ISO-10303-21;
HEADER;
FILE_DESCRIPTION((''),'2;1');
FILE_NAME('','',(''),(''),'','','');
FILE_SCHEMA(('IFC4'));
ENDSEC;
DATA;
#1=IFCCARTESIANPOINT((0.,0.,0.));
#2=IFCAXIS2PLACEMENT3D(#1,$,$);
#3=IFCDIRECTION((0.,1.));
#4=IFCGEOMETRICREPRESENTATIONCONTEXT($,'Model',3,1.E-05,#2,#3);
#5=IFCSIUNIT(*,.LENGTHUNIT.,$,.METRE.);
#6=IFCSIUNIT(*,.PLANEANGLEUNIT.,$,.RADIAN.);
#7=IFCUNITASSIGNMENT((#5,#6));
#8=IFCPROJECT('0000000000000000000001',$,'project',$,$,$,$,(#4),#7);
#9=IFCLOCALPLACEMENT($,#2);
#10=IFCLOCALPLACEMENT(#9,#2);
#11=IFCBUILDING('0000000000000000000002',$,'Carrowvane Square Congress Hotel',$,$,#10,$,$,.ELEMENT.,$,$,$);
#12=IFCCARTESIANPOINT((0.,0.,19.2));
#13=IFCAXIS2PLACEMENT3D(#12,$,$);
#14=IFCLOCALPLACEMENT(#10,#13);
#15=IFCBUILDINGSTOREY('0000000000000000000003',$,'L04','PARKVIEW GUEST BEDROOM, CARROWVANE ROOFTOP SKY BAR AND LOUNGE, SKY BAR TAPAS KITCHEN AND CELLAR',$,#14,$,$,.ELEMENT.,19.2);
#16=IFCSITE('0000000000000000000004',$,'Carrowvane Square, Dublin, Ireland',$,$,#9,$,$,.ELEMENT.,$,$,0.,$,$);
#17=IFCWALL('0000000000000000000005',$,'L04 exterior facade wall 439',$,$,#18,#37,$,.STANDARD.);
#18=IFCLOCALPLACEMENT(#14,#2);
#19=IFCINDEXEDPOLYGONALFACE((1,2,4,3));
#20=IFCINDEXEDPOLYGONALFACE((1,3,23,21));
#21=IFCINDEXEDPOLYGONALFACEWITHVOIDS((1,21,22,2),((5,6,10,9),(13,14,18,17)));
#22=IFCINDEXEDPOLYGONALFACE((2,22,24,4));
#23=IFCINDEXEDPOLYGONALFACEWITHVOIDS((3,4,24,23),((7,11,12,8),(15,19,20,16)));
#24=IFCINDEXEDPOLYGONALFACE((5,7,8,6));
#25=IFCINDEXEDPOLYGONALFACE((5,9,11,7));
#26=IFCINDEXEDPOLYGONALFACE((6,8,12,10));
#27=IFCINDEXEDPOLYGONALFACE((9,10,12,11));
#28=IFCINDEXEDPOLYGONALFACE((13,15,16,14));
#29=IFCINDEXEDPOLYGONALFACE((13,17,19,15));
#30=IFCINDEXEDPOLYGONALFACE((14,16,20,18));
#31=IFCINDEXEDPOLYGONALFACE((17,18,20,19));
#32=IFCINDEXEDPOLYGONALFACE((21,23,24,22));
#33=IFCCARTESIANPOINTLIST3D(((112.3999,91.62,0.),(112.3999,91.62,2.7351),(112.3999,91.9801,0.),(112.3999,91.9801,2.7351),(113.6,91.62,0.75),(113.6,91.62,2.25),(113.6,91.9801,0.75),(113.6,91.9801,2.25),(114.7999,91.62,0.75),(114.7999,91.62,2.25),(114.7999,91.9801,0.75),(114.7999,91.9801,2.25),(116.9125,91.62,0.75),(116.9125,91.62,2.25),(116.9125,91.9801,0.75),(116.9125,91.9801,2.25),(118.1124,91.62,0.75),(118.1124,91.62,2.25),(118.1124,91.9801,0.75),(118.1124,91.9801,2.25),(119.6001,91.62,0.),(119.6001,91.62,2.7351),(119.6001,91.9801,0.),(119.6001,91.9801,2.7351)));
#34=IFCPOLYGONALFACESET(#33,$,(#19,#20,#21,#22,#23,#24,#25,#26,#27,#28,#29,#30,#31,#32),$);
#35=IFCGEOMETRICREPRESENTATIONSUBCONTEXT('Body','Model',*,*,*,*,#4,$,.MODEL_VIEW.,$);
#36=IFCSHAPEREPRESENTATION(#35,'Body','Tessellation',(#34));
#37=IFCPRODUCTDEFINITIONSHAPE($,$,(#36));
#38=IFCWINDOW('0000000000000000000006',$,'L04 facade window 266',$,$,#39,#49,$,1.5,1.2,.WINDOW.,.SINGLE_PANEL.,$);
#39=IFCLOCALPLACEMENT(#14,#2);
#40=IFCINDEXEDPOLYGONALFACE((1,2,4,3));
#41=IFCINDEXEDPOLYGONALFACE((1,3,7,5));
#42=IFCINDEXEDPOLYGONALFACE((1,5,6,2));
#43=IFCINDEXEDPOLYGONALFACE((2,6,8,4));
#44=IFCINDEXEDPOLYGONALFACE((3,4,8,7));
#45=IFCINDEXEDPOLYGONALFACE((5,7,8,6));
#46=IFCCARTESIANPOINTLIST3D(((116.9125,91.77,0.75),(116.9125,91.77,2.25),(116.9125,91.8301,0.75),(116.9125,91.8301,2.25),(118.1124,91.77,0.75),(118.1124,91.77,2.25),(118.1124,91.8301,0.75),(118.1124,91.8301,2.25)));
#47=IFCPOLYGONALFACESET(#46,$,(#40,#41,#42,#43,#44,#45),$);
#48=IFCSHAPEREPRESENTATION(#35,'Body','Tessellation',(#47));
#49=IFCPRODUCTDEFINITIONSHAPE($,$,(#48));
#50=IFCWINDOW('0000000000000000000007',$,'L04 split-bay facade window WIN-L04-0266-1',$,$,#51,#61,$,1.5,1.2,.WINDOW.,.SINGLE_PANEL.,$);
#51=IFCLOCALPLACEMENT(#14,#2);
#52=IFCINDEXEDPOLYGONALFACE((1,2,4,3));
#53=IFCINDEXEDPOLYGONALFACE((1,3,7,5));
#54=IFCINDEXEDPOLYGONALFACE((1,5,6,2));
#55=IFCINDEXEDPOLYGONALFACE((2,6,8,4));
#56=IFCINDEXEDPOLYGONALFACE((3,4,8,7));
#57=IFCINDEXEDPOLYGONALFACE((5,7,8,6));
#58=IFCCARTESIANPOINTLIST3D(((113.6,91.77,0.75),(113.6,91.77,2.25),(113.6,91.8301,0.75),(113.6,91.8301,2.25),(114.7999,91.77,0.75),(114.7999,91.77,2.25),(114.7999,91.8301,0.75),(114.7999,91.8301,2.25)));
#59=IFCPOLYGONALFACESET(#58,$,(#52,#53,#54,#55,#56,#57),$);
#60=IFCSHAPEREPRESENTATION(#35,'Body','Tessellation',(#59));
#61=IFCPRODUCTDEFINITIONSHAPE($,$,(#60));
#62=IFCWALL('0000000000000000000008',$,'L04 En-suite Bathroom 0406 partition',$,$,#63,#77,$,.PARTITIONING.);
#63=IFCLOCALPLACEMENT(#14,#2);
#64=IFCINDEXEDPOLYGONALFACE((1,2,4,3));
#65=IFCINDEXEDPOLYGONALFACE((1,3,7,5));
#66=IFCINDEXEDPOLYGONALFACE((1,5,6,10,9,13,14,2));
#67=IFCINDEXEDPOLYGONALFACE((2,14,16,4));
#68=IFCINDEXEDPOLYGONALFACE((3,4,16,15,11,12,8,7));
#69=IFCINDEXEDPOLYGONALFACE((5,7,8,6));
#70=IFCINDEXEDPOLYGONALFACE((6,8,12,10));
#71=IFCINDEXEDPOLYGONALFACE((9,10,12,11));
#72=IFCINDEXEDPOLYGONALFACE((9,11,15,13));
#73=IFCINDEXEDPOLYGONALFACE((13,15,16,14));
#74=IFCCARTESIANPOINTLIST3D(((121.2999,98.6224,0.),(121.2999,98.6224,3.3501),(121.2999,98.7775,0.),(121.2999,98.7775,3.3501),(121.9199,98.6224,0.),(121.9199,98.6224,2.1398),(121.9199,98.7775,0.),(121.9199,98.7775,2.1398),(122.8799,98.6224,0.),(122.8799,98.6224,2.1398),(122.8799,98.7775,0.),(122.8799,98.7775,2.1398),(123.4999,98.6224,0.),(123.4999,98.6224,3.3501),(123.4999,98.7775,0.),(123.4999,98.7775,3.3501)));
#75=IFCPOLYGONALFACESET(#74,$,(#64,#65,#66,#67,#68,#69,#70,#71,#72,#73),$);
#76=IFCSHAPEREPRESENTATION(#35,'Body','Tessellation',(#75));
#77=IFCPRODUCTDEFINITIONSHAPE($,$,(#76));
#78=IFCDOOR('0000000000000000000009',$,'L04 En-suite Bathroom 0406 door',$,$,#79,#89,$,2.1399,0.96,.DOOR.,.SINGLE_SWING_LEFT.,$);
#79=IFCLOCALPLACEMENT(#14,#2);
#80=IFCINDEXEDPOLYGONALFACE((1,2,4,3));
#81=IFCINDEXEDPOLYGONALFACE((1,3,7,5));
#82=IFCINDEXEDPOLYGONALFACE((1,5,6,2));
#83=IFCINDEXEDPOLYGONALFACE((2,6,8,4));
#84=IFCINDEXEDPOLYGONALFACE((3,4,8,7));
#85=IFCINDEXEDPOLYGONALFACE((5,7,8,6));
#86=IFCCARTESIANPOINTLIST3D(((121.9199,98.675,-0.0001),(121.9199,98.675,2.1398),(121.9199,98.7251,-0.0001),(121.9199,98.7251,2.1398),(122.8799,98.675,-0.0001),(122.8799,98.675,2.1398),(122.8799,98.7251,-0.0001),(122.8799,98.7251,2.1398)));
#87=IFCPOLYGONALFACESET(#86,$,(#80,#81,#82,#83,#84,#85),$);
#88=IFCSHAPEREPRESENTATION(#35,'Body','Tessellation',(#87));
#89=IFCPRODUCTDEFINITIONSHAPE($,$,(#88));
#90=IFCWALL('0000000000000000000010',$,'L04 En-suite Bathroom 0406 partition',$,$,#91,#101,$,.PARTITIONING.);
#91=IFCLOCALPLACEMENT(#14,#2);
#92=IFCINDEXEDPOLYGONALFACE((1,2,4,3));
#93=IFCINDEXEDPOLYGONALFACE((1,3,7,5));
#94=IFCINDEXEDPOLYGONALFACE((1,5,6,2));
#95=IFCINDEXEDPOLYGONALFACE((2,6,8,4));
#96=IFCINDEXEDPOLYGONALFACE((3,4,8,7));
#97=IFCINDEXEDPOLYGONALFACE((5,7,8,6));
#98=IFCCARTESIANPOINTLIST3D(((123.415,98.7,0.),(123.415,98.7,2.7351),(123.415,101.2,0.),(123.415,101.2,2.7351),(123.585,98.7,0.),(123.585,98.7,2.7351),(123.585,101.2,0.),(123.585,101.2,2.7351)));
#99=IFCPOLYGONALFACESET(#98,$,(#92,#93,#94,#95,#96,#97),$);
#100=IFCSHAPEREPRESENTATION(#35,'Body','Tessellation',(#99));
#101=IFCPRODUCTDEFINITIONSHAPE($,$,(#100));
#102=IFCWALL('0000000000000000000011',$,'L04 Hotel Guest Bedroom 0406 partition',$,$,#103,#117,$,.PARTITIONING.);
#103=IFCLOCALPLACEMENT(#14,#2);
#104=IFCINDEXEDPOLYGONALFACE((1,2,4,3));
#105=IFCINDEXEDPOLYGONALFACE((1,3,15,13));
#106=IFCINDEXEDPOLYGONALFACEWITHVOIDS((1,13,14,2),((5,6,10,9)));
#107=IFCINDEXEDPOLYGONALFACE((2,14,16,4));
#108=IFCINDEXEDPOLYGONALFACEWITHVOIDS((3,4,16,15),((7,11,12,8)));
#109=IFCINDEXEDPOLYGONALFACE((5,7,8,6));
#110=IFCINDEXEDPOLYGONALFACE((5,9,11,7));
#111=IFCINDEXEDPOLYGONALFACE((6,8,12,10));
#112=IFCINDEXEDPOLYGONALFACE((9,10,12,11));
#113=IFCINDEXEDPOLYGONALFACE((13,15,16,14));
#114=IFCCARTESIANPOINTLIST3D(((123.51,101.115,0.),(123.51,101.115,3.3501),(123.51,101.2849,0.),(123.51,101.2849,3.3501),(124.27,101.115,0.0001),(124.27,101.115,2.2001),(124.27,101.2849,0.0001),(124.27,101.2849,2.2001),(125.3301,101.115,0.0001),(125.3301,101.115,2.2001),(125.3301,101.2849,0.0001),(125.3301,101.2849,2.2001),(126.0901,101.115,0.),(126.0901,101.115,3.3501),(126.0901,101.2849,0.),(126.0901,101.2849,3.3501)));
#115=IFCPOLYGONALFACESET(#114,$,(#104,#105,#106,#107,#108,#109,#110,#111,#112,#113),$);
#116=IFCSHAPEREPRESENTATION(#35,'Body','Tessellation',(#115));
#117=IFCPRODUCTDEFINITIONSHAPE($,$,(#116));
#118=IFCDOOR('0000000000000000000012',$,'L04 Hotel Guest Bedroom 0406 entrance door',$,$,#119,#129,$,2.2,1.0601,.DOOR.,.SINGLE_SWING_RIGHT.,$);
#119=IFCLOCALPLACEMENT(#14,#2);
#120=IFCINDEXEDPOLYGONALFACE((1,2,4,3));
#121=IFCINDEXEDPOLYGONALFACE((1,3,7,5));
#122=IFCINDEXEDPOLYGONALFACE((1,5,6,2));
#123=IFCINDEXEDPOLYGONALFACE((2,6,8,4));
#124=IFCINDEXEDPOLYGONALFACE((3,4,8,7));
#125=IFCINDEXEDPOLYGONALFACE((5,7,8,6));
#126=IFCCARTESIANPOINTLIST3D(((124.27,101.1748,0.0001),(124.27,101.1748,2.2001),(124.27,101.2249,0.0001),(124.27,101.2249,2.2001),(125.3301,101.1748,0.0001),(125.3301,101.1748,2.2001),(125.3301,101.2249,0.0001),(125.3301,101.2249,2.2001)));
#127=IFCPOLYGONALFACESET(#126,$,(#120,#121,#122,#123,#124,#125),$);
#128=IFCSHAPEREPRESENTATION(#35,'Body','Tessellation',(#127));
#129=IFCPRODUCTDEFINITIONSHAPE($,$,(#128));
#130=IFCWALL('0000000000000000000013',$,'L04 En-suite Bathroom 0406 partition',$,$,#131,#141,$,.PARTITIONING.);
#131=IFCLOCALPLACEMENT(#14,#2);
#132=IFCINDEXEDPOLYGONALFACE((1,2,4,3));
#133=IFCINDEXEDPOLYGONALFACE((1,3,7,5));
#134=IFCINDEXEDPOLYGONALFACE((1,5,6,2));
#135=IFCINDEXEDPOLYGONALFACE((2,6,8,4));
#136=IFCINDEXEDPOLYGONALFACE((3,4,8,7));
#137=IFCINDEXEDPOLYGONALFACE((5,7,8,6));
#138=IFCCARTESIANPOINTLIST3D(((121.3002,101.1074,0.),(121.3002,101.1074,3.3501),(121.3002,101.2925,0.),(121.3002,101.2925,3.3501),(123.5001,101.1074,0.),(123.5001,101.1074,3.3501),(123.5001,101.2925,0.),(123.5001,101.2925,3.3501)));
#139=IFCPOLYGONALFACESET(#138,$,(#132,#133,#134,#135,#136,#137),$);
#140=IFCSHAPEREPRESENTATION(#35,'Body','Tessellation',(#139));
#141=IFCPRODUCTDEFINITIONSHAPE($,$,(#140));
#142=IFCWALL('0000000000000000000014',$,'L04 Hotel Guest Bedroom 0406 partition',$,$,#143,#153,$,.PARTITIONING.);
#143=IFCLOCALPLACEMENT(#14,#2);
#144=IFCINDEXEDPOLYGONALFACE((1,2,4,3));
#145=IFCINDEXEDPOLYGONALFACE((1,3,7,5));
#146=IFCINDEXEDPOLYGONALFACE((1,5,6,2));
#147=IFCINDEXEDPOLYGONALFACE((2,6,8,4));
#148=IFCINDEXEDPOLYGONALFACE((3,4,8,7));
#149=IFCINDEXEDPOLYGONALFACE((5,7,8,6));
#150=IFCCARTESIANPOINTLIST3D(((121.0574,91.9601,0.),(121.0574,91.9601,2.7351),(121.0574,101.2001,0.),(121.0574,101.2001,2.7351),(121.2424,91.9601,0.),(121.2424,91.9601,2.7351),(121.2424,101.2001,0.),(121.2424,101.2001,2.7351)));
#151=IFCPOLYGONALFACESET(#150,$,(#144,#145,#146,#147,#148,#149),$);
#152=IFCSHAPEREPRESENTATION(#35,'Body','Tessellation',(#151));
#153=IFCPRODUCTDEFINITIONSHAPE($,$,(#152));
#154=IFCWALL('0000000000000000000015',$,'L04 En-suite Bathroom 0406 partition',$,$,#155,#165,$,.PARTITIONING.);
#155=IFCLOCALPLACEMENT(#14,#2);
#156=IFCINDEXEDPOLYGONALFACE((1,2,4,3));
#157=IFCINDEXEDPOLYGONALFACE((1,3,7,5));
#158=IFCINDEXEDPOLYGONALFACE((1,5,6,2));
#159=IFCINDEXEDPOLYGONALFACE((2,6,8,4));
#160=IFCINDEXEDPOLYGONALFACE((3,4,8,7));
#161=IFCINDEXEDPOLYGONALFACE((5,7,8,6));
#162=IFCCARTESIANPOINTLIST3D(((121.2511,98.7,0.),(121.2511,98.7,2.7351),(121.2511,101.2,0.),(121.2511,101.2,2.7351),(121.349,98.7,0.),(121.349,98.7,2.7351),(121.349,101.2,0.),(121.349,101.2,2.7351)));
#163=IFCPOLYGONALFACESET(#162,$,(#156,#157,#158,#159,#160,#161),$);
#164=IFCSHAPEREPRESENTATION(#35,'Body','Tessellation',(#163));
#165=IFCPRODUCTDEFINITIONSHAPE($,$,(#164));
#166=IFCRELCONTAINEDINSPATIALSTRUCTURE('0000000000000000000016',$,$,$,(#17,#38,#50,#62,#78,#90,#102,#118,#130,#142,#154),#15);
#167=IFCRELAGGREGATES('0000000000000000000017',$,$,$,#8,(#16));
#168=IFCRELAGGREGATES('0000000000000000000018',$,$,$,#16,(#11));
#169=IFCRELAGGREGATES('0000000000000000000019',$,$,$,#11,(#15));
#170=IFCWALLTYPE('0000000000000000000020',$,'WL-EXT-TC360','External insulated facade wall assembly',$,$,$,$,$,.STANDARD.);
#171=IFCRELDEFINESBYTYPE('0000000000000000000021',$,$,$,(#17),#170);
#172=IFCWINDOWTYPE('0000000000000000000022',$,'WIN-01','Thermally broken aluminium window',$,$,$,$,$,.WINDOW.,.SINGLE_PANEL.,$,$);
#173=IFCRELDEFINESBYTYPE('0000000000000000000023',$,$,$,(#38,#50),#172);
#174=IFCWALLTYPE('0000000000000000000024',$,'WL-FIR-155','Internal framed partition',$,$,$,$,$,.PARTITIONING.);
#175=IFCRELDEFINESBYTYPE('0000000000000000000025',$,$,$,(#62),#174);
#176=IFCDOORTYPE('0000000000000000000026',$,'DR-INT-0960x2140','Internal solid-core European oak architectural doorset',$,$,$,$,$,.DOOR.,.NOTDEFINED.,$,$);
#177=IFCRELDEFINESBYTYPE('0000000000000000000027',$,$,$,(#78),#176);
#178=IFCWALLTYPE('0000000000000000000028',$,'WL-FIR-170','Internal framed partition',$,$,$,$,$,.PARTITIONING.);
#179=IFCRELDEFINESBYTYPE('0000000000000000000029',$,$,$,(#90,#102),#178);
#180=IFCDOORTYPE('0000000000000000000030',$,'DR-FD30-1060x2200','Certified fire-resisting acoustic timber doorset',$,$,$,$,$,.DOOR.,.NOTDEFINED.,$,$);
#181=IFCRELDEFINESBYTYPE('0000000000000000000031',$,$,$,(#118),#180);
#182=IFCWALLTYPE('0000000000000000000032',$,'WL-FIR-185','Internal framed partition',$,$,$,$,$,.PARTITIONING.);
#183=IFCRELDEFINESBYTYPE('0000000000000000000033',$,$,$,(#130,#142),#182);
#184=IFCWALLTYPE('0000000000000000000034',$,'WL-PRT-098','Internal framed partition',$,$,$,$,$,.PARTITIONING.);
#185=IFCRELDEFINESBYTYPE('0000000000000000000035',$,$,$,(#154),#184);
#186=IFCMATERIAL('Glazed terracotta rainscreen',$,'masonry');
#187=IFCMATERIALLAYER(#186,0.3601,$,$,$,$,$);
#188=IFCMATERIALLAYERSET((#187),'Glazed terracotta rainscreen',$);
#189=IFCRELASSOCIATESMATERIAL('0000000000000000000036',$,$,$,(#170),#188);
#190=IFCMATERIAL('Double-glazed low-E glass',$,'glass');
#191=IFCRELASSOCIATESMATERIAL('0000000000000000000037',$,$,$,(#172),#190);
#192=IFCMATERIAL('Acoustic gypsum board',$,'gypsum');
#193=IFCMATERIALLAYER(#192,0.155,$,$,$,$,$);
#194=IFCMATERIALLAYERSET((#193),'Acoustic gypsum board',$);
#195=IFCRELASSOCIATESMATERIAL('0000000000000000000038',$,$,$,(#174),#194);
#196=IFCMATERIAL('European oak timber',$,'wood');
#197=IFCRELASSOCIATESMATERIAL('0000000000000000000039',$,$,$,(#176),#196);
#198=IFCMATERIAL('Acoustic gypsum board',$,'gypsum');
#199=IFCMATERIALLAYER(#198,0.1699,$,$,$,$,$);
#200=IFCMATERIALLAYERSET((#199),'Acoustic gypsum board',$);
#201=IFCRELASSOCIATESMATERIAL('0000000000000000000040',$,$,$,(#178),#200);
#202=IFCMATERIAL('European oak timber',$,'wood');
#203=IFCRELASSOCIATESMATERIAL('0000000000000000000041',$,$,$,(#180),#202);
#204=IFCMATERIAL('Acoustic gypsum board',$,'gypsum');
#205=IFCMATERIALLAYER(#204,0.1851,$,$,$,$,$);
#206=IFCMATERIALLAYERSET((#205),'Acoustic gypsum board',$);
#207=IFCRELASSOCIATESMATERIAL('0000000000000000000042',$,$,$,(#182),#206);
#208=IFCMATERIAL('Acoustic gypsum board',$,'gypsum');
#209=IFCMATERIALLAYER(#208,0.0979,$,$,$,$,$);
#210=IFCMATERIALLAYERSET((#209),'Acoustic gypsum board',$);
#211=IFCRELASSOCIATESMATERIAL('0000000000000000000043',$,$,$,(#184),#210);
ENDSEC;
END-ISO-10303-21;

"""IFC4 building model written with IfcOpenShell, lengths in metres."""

from ifc_helpers import new_model, si_unit, direction, frame, frame_2d, origin, place, context, subcontext, project, spatial, rectangle, extrude, material, layer, layer_set, type_object, element, fill, save


model = new_model("IFC4")

# Units and contexts
model_context = context("Model", 3, precision=1e-05, world=origin(), true_north=direction((0.0, 1.0)))
body_context = subcontext(model_context, "Body", "Model", "MODEL_VIEW")
ifc_project = project(units=[si_unit("LENGTHUNIT", "METRE"), si_unit("PLANEANGLEUNIT", "RADIAN")], contexts=[model_context])

# Site, building, storey
site_placement = place(None, origin())
site = spatial("IfcSite", under=ifc_project, at=site_placement, Name="Carrowvane Square, Dublin, Ireland", CompositionType="ELEMENT", RefElevation=0.0)
building_placement = place(site_placement, origin())
building = spatial("IfcBuilding", under=site, at=building_placement, Name="Carrowvane Square Congress Hotel", CompositionType="ELEMENT")
storey_placement = place(building_placement, frame((0.0, 0.0, 19.2)))
storey = spatial("IfcBuildingStorey", under=building, at=storey_placement, Name="L04", Description="PARKVIEW GUEST BEDROOM, CARROWVANE ROOFTOP SKY BAR AND LOUNGE, SKY BAR TAPAS KITCHEN AND CELLAR", CompositionType="ELEMENT", Elevation=19.2)

# Wall, openings, windows
ifc_material_1 = material(Name="Glazed terracotta rainscreen", Category="masonry")
ifc_layer_1 = layer(ifc_material_1, 0.3601)
ifc_layer_set_1 = layer_set([ifc_layer_1], Name="Glazed terracotta rainscreen")
wall_type_1 = type_object("IfcWallType", Name="WL-EXT-TC360", Description="External insulated facade wall assembly", PredefinedType="STANDARD", material=ifc_layer_set_1)
wall_1_placement = place(storey_placement, frame((119.6001, 91.8, 0.0), z_axis=(0.0, 0.0, 1.0), x_axis=(-1.0, 0.0, 0.0)))
wall_1 = element("IfcWall", 1, at=wall_1_placement, inside=storey, type_object=wall_type_1, Name="L04 exterior facade wall 439", PredefinedType="STANDARD", context=body_context, shape_type="SweptSolid", body=[
    extrude(rectangle(XDim=7.2002, YDim=0.3601, at=frame_2d((3.6001, 0.0))), origin(), (0.0, 0.0, 1.0), 2.7351),
])
opening_1_placement = place(wall_1_placement, frame((1.4875, 0.0, 0.75)))
opening_1 = element("IfcOpeningElement", 2, at=opening_1_placement, cuts=wall_1, PredefinedType="OPENING", context=body_context, shape_type="SweptSolid", body=[
    extrude(rectangle(XDim=1.2, YDim=1.5, at=frame_2d((0.6001, 0.75))), frame((0.0, 0.1899, 0.0), z_axis=(0.0, -1.0, 0.0), x_axis=(1.0, 0.0, 0.0)), (0.0, 0.0, 1.0), 0.3801),
])
opening_2_placement = place(wall_1_placement, frame((4.8, 0.0, 0.75)))
opening_2 = element("IfcOpeningElement", 3, at=opening_2_placement, cuts=wall_1, PredefinedType="OPENING", context=body_context, shape_type="SweptSolid", body=[
    extrude(rectangle(XDim=1.2, YDim=1.5, at=frame_2d((0.6001, 0.75))), frame((0.0, 0.1899, 0.0), z_axis=(0.0, -1.0, 0.0), x_axis=(1.0, 0.0, 0.0)), (0.0, 0.0, 1.0), 0.3801),
])
ifc_material_2 = material(Name="Double-glazed low-E glass", Category="glass")
window_type = type_object("IfcWindowType", Name="WIN-01", Description="Thermally broken aluminium window", PartitioningType="SINGLE_PANEL", PredefinedType="WINDOW", material=ifc_material_2)
window_1_placement = place(opening_1_placement, origin())
window_1 = element("IfcWindow", 4, at=window_1_placement, inside=storey, type_object=window_type, Name="L04 facade window 266", OverallHeight=1.5, OverallWidth=1.2, PartitioningType="SINGLE_PANEL", PredefinedType="WINDOW", context=body_context, shape_type="SweptSolid", body=[
    extrude(rectangle(XDim=1.2, YDim=1.5, at=frame_2d((0.6001, 0.75))), frame((0.0, 0.03, 0.0), z_axis=(0.0, -1.0, 0.0), x_axis=(1.0, 0.0, 0.0)), (0.0, 0.0, 1.0), 0.0601),
])
fill(opening_1, window_1)
window_2_placement = place(opening_2_placement, origin())
window_2 = element("IfcWindow", 5, at=window_2_placement, inside=storey, type_object=window_type, Name="L04 split-bay facade window WIN-L04-0266-1", OverallHeight=1.5, OverallWidth=1.2, PartitioningType="SINGLE_PANEL", PredefinedType="WINDOW", context=body_context, shape_type="SweptSolid", body=[
    extrude(rectangle(XDim=1.2, YDim=1.5, at=frame_2d((0.6001, 0.75))), frame((0.0, 0.03, 0.0), z_axis=(0.0, -1.0, 0.0), x_axis=(1.0, 0.0, 0.0)), (0.0, 0.0, 1.0), 0.0601),
])
fill(opening_2, window_2)

# Wall, opening, door
ifc_material_3 = material(Name="Acoustic gypsum board", Category="gypsum")
ifc_layer_2 = layer(ifc_material_3, 0.155)
ifc_layer_set_2 = layer_set([ifc_layer_2], Name="Acoustic gypsum board")
wall_type_2 = type_object("IfcWallType", Name="WL-FIR-155", Description="Internal framed partition", PredefinedType="PARTITIONING", material=ifc_layer_set_2)
wall_2_placement = place(storey_placement, frame((123.5, 98.7, 0.0), z_axis=(0.0, 0.0, 1.0), x_axis=(-1.0, 0.0, 0.0)))
wall_2 = element("IfcWall", 6, at=wall_2_placement, inside=storey, type_object=wall_type_2, Name="L04 En-suite Bathroom 0406 partition", PredefinedType="PARTITIONING", context=body_context, shape_type="SweptSolid", body=[
    extrude(rectangle(XDim=2.2, YDim=0.155, at=frame_2d((1.1001, 0.0))), origin(), (0.0, 0.0, 1.0), 3.3501),
])
opening_3_placement = place(wall_2_placement, frame((0.6201, 0.0, 0.0)))
opening_3 = element("IfcOpeningElement", 7, at=opening_3_placement, cuts=wall_2, PredefinedType="OPENING", context=body_context, shape_type="SweptSolid", body=[
    extrude(rectangle(XDim=0.96, YDim=2.1399, at=frame_2d((0.48, 1.0698))), frame((0.0, 0.0874, 0.0), z_axis=(0.0, -1.0, 0.0), x_axis=(1.0, 0.0, 0.0)), (0.0, 0.0, 1.0), 0.175),
])
ifc_material_4 = material(Name="European oak timber", Category="wood")
door_type_1 = type_object("IfcDoorType", Name="DR-INT-0960x2140", Description="Internal solid-core European oak architectural doorset", OperationType="NOTDEFINED", PredefinedType="DOOR", material=ifc_material_4)
door_1_placement = place(opening_3_placement, origin())
door_1 = element("IfcDoor", 8, at=door_1_placement, inside=storey, type_object=door_type_1, Name="L04 En-suite Bathroom 0406 door", OperationType="SINGLE_SWING_LEFT", OverallHeight=2.1399, OverallWidth=0.96, PredefinedType="DOOR", context=body_context, shape_type="SweptSolid", body=[
    extrude(rectangle(XDim=0.96, YDim=2.1399, at=frame_2d((0.48, 1.0698))), frame((0.0, 0.0249, 0.0), z_axis=(0.0, -1.0, 0.0), x_axis=(1.0, 0.0, 0.0)), (0.0, 0.0, 1.0), 0.05),
])
fill(opening_3, door_1)

# Wall
ifc_material_5 = material(Name="Acoustic gypsum board", Category="gypsum")
ifc_layer_3 = layer(ifc_material_5, 0.1699)
ifc_layer_set_3 = layer_set([ifc_layer_3], Name="Acoustic gypsum board")
wall_type_3 = type_object("IfcWallType", Name="WL-FIR-170", Description="Internal framed partition", PredefinedType="PARTITIONING", material=ifc_layer_set_3)
wall_3_placement = place(storey_placement, frame((123.5, 101.2, 0.0), z_axis=(0.0, 0.0, 1.0), x_axis=(0.0, -1.0, 0.0)))
element("IfcWall", 9, at=wall_3_placement, inside=storey, type_object=wall_type_3, Name="L04 En-suite Bathroom 0406 partition", PredefinedType="PARTITIONING", context=body_context, shape_type="SweptSolid", body=[
    extrude(rectangle(XDim=2.5, YDim=0.1699, at=frame_2d((1.25, 0.0))), origin(), (0.0, 0.0, 1.0), 2.7351),
])

# Wall, opening, door
wall_4_placement = place(storey_placement, frame((123.51, 101.2, 0.0), z_axis=(0.0, 0.0, 1.0), x_axis=(1.0, 0.0, 0.0)))
wall_4 = element("IfcWall", 10, at=wall_4_placement, inside=storey, type_object=wall_type_3, Name="L04 Hotel Guest Bedroom 0406 partition", PredefinedType="PARTITIONING", context=body_context, shape_type="SweptSolid", body=[
    extrude(rectangle(XDim=2.5801, YDim=0.1699, at=frame_2d((1.29, 0.0))), origin(), (0.0, 0.0, 1.0), 3.3501),
])
opening_4_placement = place(wall_4_placement, frame((0.76, 0.0, 0.0)))
opening_4 = element("IfcOpeningElement", 11, at=opening_4_placement, cuts=wall_4, PredefinedType="OPENING", context=body_context, shape_type="SweptSolid", body=[
    extrude(rectangle(XDim=1.0601, YDim=2.2, at=frame_2d((0.53, 1.1001))), frame((0.0, 0.095, 0.0), z_axis=(0.0, -1.0, 0.0), x_axis=(1.0, 0.0, 0.0)), (0.0, 0.0, 1.0), 0.1899),
])
ifc_material_6 = material(Name="European oak timber", Category="wood")
door_type_2 = type_object("IfcDoorType", Name="DR-FD30-1060x2200", Description="Certified fire-resisting acoustic timber doorset", OperationType="NOTDEFINED", PredefinedType="DOOR", material=ifc_material_6)
door_2_placement = place(opening_4_placement, origin())
door_2 = element("IfcDoor", 12, at=door_2_placement, inside=storey, type_object=door_type_2, Name="L04 Hotel Guest Bedroom 0406 entrance door", OperationType="SINGLE_SWING_RIGHT", OverallHeight=2.2, OverallWidth=1.0601, PredefinedType="DOOR", context=body_context, shape_type="SweptSolid", body=[
    extrude(rectangle(XDim=1.0601, YDim=2.2, at=frame_2d((0.53, 1.1001))), frame((0.0, 0.0249, 0.0), z_axis=(0.0, -1.0, 0.0), x_axis=(1.0, 0.0, 0.0)), (0.0, 0.0, 1.0), 0.05),
])
fill(opening_4, door_2)

# Walls
ifc_material_7 = material(Name="Acoustic gypsum board", Category="gypsum")
ifc_layer_4 = layer(ifc_material_7, 0.1851)
ifc_layer_set_4 = layer_set([ifc_layer_4], Name="Acoustic gypsum board")
wall_type_4 = type_object("IfcWallType", Name="WL-FIR-185", Description="Internal framed partition", PredefinedType="PARTITIONING", material=ifc_layer_set_4)
wall_5_placement = place(storey_placement, frame((121.3, 101.2, 0.0), z_axis=(0.0, 0.0, 1.0), x_axis=(1.0, 0.0, 0.0)))
element("IfcWall", 13, at=wall_5_placement, inside=storey, type_object=wall_type_4, Name="L04 En-suite Bathroom 0406 partition", PredefinedType="PARTITIONING", context=body_context, shape_type="SweptSolid", body=[
    extrude(rectangle(XDim=2.2, YDim=0.1851, at=frame_2d((1.1001, 0.0))), origin(), (0.0, 0.0, 1.0), 3.3501),
])
wall_6_placement = place(storey_placement, frame((121.1499, 91.96, 0.0), z_axis=(0.0, 0.0, 1.0), x_axis=(0.0, 1.0, 0.0)))
element("IfcWall", 14, at=wall_6_placement, inside=storey, type_object=wall_type_4, Name="L04 Hotel Guest Bedroom 0406 partition", PredefinedType="PARTITIONING", context=body_context, shape_type="SweptSolid", body=[
    extrude(rectangle(XDim=9.24, YDim=0.1851, at=frame_2d((4.6201, 0.0))), origin(), (0.0, 0.0, 1.0), 2.7351),
])
ifc_material_8 = material(Name="Acoustic gypsum board", Category="gypsum")
ifc_layer_5 = layer(ifc_material_8, 0.0979)
ifc_layer_set_5 = layer_set([ifc_layer_5], Name="Acoustic gypsum board")
wall_type_5 = type_object("IfcWallType", Name="WL-PRT-098", Description="Internal framed partition", PredefinedType="PARTITIONING", material=ifc_layer_set_5)
wall_7_placement = place(storey_placement, frame((121.3, 98.7, 0.0), z_axis=(0.0, 0.0, 1.0), x_axis=(0.0, 1.0, 0.0)))
element("IfcWall", 15, at=wall_7_placement, inside=storey, type_object=wall_type_5, Name="L04 En-suite Bathroom 0406 partition", PredefinedType="PARTITIONING", context=body_context, shape_type="SweptSolid", body=[
    extrude(rectangle(XDim=2.5, YDim=0.0979, at=frame_2d((1.25, 0.0))), origin(), (0.0, 0.0, 1.0), 2.7351),
])

save(model, "model.ifc")
